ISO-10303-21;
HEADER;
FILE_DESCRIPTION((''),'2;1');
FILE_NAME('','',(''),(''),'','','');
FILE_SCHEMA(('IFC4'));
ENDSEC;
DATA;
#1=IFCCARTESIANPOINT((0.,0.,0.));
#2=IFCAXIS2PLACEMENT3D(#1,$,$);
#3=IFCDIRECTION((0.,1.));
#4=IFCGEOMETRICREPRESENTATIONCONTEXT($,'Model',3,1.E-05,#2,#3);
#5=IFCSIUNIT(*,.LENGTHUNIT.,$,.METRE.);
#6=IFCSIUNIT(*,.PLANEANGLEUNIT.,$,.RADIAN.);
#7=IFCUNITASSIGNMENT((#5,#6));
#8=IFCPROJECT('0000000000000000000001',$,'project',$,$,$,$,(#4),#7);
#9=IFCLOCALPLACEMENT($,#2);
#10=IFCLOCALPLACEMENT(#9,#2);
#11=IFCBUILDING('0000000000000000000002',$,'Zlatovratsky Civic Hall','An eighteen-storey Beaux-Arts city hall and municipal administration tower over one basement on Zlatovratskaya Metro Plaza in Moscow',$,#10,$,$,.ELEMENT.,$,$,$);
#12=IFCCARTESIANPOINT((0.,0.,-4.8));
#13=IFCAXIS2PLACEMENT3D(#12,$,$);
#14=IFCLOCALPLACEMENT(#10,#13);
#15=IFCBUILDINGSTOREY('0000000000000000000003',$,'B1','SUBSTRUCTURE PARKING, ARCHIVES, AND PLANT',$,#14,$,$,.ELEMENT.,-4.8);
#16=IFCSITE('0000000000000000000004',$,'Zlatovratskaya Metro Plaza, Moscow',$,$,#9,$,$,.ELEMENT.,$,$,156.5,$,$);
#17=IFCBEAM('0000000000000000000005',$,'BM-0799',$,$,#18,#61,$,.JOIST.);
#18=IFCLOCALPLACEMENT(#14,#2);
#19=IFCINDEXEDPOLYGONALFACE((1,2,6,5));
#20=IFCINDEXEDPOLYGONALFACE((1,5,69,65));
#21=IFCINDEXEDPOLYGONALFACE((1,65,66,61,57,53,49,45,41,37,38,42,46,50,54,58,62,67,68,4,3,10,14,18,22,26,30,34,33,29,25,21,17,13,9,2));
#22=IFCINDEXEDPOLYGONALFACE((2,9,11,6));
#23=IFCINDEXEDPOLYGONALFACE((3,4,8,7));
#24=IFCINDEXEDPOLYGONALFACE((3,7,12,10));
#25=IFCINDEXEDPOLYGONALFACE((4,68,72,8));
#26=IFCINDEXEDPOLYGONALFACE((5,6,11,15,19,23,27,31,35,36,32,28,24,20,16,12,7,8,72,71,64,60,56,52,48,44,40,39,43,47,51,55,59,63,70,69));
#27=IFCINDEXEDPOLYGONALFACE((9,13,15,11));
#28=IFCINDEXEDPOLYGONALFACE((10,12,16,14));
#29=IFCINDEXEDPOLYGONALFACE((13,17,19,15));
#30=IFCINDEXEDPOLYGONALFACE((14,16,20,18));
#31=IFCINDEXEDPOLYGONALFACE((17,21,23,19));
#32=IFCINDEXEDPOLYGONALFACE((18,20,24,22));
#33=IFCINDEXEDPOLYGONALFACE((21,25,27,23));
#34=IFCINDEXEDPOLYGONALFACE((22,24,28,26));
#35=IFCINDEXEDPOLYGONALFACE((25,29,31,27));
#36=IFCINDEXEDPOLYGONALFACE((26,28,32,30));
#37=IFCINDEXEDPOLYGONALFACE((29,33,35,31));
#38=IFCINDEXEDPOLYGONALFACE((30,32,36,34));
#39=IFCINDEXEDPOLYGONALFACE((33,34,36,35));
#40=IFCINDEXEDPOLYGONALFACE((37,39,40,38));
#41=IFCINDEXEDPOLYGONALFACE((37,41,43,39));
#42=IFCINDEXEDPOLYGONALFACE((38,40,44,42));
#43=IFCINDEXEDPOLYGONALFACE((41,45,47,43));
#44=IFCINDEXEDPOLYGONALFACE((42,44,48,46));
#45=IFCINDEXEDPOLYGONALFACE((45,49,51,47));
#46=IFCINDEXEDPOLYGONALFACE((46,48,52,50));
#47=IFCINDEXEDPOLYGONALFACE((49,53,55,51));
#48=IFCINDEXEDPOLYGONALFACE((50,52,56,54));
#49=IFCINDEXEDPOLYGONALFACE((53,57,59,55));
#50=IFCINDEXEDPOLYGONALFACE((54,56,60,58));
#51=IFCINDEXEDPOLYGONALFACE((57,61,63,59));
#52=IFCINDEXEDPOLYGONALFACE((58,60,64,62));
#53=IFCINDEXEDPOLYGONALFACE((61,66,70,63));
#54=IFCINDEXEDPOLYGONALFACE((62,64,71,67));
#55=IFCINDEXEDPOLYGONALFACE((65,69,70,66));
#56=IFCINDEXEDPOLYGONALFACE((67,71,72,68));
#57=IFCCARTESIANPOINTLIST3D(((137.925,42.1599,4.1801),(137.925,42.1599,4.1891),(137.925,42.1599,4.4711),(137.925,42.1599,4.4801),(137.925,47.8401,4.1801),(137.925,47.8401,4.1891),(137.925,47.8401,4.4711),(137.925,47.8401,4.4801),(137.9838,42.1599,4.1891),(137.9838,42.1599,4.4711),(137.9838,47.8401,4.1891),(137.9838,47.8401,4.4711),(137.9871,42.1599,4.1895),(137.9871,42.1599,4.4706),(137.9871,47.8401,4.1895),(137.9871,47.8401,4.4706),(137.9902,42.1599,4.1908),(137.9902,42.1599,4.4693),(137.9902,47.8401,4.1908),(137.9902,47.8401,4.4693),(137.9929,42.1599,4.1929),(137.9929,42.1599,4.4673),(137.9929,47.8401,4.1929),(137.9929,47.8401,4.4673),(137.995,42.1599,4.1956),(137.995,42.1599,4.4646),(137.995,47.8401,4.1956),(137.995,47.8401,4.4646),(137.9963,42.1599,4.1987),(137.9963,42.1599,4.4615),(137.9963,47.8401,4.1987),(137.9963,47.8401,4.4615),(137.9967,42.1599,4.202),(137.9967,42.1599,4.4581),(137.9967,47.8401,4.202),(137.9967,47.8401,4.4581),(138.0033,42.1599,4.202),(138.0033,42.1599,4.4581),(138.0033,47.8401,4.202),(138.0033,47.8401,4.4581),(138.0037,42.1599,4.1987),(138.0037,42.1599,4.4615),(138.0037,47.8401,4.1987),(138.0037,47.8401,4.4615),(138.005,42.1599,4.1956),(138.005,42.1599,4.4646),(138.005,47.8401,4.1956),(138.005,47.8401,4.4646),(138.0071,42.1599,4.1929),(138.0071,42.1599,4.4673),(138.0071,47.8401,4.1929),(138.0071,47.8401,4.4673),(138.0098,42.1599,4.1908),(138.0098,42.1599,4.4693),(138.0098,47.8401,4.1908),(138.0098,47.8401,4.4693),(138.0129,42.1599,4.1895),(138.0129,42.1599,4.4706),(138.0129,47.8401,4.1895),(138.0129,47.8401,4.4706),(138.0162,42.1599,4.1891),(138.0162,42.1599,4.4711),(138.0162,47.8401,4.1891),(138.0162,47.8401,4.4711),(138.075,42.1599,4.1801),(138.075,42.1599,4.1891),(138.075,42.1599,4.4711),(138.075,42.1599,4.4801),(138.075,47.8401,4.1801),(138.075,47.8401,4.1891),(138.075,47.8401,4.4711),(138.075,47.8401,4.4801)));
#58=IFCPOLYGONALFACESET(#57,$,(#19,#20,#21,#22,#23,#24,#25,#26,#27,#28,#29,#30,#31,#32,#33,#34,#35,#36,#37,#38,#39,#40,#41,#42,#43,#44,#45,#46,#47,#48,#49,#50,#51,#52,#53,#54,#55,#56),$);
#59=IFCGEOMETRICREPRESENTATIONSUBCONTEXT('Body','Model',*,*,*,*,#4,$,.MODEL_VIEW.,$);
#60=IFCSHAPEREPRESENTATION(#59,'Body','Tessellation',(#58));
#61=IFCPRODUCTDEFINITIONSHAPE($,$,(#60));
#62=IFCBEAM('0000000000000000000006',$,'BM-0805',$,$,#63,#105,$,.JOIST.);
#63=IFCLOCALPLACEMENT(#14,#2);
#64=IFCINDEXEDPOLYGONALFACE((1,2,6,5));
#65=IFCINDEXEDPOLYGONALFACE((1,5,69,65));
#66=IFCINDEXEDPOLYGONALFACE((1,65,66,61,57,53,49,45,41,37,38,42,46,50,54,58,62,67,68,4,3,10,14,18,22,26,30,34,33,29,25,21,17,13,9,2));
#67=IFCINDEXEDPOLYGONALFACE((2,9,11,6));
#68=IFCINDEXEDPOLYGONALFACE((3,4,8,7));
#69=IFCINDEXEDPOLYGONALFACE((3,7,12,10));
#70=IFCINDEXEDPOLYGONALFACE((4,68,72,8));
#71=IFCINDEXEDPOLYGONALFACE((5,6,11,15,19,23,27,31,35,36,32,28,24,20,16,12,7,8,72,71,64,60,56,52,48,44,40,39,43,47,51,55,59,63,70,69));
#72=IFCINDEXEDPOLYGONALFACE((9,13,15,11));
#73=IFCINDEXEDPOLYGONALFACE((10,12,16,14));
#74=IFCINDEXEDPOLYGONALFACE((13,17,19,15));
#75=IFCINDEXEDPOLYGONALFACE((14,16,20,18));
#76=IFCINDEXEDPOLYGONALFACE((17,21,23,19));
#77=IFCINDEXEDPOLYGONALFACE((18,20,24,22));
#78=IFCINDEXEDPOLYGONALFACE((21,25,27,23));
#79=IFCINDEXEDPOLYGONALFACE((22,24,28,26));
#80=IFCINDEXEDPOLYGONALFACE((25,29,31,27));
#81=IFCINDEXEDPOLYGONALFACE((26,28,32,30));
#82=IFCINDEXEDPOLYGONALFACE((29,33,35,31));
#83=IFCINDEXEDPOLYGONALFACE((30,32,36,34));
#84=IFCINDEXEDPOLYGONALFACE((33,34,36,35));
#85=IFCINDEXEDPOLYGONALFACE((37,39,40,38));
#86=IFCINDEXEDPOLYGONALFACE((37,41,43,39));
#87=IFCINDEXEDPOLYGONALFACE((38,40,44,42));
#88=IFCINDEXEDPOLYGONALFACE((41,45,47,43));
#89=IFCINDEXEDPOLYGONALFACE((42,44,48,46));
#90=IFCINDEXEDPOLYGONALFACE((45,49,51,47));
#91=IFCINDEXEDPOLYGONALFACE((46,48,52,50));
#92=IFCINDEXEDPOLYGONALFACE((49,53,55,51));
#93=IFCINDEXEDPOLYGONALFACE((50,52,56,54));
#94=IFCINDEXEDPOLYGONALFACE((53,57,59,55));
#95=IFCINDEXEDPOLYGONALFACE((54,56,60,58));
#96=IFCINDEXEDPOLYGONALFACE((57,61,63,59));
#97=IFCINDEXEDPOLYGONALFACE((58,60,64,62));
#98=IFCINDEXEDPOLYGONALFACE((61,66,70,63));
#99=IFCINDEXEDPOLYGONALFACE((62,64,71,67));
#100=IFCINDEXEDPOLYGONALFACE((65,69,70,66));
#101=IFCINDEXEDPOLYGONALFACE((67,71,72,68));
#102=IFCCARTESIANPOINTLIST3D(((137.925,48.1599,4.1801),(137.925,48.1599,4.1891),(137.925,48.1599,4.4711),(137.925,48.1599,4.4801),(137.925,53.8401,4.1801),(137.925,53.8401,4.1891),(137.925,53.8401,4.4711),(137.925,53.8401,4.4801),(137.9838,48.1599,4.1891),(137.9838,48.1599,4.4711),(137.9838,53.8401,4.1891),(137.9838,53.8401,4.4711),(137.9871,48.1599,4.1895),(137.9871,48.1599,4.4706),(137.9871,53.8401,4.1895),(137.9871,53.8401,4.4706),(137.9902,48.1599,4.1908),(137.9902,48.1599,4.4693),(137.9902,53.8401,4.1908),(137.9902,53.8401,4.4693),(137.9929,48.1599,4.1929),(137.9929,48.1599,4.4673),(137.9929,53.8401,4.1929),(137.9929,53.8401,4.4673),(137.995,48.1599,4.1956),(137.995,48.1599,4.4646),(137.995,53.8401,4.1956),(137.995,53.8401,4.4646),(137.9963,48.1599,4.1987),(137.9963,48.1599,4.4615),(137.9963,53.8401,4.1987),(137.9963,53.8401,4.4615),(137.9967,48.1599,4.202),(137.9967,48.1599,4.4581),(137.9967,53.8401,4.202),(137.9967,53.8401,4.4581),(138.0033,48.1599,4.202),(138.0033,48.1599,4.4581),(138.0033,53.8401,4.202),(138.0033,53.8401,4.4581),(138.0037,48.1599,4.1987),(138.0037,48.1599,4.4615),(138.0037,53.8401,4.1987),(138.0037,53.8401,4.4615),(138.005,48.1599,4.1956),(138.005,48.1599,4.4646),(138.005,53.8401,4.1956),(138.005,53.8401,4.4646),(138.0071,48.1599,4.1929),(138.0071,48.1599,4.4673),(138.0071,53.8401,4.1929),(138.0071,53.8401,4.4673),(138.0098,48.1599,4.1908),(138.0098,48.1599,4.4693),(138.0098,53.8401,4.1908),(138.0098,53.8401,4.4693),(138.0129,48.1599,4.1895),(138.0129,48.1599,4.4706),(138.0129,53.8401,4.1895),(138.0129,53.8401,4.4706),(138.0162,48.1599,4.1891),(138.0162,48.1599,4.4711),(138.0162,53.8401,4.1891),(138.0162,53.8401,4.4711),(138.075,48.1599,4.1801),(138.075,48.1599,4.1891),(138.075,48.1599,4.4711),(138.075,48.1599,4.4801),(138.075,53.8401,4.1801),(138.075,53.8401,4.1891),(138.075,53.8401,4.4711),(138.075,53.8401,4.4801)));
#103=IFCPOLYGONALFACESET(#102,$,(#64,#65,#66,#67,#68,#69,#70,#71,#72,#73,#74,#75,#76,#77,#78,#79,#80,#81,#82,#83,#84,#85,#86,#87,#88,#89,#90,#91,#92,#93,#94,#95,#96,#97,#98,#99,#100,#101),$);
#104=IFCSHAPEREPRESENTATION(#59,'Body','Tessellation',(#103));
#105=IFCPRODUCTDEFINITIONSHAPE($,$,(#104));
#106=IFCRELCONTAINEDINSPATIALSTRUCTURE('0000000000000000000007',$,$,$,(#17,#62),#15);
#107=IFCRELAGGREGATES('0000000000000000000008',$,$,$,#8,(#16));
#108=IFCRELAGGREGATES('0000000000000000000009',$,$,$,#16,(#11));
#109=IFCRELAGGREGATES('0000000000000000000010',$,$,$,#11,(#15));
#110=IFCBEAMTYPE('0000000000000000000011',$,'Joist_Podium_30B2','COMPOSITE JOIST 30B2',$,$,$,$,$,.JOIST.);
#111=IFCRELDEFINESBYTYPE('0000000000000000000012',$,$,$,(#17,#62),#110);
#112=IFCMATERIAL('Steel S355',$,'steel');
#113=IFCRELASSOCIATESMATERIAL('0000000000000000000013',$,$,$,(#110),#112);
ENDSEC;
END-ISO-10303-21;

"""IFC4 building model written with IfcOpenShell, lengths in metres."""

from ifc_helpers import new_model, si_unit, direction, frame, origin, origin_2d, place, context, subcontext, project, spatial, i_section, extrude, material, material_profile, profile_set, type_object, element, save


model = new_model("IFC4")

# Units and contexts
model_context = context("Model", 3, precision=1e-05, world=origin(), true_north=direction((0.0, 1.0)))
body_context = subcontext(model_context, "Body", "Model", "MODEL_VIEW")
ifc_project = project(units=[si_unit("LENGTHUNIT", "METRE"), si_unit("PLANEANGLEUNIT", "RADIAN")], contexts=[model_context])

# Site, building, storey
site_placement = place(None, origin())
site = spatial("IfcSite", under=ifc_project, at=site_placement, Name="Zlatovratskaya Metro Plaza, Moscow", CompositionType="ELEMENT", RefElevation=156.5)
building_placement = place(site_placement, origin())
building = spatial("IfcBuilding", under=site, at=building_placement, Name="Zlatovratsky Civic Hall", Description="An eighteen-storey Beaux-Arts city hall and municipal administration tower over one basement on Zlatovratskaya Metro Plaza in Moscow", CompositionType="ELEMENT")
storey_placement = place(building_placement, frame((0.0, 0.0, -4.8)))
storey = spatial("IfcBuildingStorey", under=building, at=storey_placement, Name="B1", Description="SUBSTRUCTURE PARKING, ARCHIVES, AND PLANT", CompositionType="ELEMENT", Elevation=-4.8)

# Shared definitions
ifc_material_1 = material(Name="Steel S355", Category="steel")

# Beams
ifc_material_profile_1 = material_profile(ifc_material_1, i_section(OverallWidth=0.1499, OverallDepth=0.3, WebThickness=0.0066, FlangeThickness=0.009, FilletRadius=0.0129, at=origin_2d()), Name="30B2")
ifc_profile_set_1 = profile_set([ifc_material_profile_1], Name="Steel S355")
beam_type_1 = type_object("IfcBeamType", Name="Joist_Podium_30B2", Description="COMPOSITE JOIST 30B2", PredefinedType="JOIST", material=ifc_profile_set_1)
for number, where, z_axis, x_axis, name in (
    (1, (138.0, 42.1599, 4.3301), (0.0, 1.0, 0.0), (-1.0, 0.0, 0.0), "BM-0799"),
    (2, (138.0, 48.1599, 4.3301), (0.0, 1.0, 0.0), (-1.0, 0.0, 0.0), "BM-0805"),
):
    element("IfcBeam", number, at=place(storey_placement, frame(where, z_axis=z_axis, x_axis=x_axis)), inside=storey, type_object=beam_type_1, Name=name, PredefinedType="JOIST", context=body_context, shape_type="SweptSolid", body=[
        extrude(i_section(OverallWidth=0.1499, OverallDepth=0.3, WebThickness=0.0066, FlangeThickness=0.009, FilletRadius=0.0129, at=origin_2d()), origin(), (0.0, 0.0, 1.0), 5.6802),
    ])

save(model, "model.ifc")
